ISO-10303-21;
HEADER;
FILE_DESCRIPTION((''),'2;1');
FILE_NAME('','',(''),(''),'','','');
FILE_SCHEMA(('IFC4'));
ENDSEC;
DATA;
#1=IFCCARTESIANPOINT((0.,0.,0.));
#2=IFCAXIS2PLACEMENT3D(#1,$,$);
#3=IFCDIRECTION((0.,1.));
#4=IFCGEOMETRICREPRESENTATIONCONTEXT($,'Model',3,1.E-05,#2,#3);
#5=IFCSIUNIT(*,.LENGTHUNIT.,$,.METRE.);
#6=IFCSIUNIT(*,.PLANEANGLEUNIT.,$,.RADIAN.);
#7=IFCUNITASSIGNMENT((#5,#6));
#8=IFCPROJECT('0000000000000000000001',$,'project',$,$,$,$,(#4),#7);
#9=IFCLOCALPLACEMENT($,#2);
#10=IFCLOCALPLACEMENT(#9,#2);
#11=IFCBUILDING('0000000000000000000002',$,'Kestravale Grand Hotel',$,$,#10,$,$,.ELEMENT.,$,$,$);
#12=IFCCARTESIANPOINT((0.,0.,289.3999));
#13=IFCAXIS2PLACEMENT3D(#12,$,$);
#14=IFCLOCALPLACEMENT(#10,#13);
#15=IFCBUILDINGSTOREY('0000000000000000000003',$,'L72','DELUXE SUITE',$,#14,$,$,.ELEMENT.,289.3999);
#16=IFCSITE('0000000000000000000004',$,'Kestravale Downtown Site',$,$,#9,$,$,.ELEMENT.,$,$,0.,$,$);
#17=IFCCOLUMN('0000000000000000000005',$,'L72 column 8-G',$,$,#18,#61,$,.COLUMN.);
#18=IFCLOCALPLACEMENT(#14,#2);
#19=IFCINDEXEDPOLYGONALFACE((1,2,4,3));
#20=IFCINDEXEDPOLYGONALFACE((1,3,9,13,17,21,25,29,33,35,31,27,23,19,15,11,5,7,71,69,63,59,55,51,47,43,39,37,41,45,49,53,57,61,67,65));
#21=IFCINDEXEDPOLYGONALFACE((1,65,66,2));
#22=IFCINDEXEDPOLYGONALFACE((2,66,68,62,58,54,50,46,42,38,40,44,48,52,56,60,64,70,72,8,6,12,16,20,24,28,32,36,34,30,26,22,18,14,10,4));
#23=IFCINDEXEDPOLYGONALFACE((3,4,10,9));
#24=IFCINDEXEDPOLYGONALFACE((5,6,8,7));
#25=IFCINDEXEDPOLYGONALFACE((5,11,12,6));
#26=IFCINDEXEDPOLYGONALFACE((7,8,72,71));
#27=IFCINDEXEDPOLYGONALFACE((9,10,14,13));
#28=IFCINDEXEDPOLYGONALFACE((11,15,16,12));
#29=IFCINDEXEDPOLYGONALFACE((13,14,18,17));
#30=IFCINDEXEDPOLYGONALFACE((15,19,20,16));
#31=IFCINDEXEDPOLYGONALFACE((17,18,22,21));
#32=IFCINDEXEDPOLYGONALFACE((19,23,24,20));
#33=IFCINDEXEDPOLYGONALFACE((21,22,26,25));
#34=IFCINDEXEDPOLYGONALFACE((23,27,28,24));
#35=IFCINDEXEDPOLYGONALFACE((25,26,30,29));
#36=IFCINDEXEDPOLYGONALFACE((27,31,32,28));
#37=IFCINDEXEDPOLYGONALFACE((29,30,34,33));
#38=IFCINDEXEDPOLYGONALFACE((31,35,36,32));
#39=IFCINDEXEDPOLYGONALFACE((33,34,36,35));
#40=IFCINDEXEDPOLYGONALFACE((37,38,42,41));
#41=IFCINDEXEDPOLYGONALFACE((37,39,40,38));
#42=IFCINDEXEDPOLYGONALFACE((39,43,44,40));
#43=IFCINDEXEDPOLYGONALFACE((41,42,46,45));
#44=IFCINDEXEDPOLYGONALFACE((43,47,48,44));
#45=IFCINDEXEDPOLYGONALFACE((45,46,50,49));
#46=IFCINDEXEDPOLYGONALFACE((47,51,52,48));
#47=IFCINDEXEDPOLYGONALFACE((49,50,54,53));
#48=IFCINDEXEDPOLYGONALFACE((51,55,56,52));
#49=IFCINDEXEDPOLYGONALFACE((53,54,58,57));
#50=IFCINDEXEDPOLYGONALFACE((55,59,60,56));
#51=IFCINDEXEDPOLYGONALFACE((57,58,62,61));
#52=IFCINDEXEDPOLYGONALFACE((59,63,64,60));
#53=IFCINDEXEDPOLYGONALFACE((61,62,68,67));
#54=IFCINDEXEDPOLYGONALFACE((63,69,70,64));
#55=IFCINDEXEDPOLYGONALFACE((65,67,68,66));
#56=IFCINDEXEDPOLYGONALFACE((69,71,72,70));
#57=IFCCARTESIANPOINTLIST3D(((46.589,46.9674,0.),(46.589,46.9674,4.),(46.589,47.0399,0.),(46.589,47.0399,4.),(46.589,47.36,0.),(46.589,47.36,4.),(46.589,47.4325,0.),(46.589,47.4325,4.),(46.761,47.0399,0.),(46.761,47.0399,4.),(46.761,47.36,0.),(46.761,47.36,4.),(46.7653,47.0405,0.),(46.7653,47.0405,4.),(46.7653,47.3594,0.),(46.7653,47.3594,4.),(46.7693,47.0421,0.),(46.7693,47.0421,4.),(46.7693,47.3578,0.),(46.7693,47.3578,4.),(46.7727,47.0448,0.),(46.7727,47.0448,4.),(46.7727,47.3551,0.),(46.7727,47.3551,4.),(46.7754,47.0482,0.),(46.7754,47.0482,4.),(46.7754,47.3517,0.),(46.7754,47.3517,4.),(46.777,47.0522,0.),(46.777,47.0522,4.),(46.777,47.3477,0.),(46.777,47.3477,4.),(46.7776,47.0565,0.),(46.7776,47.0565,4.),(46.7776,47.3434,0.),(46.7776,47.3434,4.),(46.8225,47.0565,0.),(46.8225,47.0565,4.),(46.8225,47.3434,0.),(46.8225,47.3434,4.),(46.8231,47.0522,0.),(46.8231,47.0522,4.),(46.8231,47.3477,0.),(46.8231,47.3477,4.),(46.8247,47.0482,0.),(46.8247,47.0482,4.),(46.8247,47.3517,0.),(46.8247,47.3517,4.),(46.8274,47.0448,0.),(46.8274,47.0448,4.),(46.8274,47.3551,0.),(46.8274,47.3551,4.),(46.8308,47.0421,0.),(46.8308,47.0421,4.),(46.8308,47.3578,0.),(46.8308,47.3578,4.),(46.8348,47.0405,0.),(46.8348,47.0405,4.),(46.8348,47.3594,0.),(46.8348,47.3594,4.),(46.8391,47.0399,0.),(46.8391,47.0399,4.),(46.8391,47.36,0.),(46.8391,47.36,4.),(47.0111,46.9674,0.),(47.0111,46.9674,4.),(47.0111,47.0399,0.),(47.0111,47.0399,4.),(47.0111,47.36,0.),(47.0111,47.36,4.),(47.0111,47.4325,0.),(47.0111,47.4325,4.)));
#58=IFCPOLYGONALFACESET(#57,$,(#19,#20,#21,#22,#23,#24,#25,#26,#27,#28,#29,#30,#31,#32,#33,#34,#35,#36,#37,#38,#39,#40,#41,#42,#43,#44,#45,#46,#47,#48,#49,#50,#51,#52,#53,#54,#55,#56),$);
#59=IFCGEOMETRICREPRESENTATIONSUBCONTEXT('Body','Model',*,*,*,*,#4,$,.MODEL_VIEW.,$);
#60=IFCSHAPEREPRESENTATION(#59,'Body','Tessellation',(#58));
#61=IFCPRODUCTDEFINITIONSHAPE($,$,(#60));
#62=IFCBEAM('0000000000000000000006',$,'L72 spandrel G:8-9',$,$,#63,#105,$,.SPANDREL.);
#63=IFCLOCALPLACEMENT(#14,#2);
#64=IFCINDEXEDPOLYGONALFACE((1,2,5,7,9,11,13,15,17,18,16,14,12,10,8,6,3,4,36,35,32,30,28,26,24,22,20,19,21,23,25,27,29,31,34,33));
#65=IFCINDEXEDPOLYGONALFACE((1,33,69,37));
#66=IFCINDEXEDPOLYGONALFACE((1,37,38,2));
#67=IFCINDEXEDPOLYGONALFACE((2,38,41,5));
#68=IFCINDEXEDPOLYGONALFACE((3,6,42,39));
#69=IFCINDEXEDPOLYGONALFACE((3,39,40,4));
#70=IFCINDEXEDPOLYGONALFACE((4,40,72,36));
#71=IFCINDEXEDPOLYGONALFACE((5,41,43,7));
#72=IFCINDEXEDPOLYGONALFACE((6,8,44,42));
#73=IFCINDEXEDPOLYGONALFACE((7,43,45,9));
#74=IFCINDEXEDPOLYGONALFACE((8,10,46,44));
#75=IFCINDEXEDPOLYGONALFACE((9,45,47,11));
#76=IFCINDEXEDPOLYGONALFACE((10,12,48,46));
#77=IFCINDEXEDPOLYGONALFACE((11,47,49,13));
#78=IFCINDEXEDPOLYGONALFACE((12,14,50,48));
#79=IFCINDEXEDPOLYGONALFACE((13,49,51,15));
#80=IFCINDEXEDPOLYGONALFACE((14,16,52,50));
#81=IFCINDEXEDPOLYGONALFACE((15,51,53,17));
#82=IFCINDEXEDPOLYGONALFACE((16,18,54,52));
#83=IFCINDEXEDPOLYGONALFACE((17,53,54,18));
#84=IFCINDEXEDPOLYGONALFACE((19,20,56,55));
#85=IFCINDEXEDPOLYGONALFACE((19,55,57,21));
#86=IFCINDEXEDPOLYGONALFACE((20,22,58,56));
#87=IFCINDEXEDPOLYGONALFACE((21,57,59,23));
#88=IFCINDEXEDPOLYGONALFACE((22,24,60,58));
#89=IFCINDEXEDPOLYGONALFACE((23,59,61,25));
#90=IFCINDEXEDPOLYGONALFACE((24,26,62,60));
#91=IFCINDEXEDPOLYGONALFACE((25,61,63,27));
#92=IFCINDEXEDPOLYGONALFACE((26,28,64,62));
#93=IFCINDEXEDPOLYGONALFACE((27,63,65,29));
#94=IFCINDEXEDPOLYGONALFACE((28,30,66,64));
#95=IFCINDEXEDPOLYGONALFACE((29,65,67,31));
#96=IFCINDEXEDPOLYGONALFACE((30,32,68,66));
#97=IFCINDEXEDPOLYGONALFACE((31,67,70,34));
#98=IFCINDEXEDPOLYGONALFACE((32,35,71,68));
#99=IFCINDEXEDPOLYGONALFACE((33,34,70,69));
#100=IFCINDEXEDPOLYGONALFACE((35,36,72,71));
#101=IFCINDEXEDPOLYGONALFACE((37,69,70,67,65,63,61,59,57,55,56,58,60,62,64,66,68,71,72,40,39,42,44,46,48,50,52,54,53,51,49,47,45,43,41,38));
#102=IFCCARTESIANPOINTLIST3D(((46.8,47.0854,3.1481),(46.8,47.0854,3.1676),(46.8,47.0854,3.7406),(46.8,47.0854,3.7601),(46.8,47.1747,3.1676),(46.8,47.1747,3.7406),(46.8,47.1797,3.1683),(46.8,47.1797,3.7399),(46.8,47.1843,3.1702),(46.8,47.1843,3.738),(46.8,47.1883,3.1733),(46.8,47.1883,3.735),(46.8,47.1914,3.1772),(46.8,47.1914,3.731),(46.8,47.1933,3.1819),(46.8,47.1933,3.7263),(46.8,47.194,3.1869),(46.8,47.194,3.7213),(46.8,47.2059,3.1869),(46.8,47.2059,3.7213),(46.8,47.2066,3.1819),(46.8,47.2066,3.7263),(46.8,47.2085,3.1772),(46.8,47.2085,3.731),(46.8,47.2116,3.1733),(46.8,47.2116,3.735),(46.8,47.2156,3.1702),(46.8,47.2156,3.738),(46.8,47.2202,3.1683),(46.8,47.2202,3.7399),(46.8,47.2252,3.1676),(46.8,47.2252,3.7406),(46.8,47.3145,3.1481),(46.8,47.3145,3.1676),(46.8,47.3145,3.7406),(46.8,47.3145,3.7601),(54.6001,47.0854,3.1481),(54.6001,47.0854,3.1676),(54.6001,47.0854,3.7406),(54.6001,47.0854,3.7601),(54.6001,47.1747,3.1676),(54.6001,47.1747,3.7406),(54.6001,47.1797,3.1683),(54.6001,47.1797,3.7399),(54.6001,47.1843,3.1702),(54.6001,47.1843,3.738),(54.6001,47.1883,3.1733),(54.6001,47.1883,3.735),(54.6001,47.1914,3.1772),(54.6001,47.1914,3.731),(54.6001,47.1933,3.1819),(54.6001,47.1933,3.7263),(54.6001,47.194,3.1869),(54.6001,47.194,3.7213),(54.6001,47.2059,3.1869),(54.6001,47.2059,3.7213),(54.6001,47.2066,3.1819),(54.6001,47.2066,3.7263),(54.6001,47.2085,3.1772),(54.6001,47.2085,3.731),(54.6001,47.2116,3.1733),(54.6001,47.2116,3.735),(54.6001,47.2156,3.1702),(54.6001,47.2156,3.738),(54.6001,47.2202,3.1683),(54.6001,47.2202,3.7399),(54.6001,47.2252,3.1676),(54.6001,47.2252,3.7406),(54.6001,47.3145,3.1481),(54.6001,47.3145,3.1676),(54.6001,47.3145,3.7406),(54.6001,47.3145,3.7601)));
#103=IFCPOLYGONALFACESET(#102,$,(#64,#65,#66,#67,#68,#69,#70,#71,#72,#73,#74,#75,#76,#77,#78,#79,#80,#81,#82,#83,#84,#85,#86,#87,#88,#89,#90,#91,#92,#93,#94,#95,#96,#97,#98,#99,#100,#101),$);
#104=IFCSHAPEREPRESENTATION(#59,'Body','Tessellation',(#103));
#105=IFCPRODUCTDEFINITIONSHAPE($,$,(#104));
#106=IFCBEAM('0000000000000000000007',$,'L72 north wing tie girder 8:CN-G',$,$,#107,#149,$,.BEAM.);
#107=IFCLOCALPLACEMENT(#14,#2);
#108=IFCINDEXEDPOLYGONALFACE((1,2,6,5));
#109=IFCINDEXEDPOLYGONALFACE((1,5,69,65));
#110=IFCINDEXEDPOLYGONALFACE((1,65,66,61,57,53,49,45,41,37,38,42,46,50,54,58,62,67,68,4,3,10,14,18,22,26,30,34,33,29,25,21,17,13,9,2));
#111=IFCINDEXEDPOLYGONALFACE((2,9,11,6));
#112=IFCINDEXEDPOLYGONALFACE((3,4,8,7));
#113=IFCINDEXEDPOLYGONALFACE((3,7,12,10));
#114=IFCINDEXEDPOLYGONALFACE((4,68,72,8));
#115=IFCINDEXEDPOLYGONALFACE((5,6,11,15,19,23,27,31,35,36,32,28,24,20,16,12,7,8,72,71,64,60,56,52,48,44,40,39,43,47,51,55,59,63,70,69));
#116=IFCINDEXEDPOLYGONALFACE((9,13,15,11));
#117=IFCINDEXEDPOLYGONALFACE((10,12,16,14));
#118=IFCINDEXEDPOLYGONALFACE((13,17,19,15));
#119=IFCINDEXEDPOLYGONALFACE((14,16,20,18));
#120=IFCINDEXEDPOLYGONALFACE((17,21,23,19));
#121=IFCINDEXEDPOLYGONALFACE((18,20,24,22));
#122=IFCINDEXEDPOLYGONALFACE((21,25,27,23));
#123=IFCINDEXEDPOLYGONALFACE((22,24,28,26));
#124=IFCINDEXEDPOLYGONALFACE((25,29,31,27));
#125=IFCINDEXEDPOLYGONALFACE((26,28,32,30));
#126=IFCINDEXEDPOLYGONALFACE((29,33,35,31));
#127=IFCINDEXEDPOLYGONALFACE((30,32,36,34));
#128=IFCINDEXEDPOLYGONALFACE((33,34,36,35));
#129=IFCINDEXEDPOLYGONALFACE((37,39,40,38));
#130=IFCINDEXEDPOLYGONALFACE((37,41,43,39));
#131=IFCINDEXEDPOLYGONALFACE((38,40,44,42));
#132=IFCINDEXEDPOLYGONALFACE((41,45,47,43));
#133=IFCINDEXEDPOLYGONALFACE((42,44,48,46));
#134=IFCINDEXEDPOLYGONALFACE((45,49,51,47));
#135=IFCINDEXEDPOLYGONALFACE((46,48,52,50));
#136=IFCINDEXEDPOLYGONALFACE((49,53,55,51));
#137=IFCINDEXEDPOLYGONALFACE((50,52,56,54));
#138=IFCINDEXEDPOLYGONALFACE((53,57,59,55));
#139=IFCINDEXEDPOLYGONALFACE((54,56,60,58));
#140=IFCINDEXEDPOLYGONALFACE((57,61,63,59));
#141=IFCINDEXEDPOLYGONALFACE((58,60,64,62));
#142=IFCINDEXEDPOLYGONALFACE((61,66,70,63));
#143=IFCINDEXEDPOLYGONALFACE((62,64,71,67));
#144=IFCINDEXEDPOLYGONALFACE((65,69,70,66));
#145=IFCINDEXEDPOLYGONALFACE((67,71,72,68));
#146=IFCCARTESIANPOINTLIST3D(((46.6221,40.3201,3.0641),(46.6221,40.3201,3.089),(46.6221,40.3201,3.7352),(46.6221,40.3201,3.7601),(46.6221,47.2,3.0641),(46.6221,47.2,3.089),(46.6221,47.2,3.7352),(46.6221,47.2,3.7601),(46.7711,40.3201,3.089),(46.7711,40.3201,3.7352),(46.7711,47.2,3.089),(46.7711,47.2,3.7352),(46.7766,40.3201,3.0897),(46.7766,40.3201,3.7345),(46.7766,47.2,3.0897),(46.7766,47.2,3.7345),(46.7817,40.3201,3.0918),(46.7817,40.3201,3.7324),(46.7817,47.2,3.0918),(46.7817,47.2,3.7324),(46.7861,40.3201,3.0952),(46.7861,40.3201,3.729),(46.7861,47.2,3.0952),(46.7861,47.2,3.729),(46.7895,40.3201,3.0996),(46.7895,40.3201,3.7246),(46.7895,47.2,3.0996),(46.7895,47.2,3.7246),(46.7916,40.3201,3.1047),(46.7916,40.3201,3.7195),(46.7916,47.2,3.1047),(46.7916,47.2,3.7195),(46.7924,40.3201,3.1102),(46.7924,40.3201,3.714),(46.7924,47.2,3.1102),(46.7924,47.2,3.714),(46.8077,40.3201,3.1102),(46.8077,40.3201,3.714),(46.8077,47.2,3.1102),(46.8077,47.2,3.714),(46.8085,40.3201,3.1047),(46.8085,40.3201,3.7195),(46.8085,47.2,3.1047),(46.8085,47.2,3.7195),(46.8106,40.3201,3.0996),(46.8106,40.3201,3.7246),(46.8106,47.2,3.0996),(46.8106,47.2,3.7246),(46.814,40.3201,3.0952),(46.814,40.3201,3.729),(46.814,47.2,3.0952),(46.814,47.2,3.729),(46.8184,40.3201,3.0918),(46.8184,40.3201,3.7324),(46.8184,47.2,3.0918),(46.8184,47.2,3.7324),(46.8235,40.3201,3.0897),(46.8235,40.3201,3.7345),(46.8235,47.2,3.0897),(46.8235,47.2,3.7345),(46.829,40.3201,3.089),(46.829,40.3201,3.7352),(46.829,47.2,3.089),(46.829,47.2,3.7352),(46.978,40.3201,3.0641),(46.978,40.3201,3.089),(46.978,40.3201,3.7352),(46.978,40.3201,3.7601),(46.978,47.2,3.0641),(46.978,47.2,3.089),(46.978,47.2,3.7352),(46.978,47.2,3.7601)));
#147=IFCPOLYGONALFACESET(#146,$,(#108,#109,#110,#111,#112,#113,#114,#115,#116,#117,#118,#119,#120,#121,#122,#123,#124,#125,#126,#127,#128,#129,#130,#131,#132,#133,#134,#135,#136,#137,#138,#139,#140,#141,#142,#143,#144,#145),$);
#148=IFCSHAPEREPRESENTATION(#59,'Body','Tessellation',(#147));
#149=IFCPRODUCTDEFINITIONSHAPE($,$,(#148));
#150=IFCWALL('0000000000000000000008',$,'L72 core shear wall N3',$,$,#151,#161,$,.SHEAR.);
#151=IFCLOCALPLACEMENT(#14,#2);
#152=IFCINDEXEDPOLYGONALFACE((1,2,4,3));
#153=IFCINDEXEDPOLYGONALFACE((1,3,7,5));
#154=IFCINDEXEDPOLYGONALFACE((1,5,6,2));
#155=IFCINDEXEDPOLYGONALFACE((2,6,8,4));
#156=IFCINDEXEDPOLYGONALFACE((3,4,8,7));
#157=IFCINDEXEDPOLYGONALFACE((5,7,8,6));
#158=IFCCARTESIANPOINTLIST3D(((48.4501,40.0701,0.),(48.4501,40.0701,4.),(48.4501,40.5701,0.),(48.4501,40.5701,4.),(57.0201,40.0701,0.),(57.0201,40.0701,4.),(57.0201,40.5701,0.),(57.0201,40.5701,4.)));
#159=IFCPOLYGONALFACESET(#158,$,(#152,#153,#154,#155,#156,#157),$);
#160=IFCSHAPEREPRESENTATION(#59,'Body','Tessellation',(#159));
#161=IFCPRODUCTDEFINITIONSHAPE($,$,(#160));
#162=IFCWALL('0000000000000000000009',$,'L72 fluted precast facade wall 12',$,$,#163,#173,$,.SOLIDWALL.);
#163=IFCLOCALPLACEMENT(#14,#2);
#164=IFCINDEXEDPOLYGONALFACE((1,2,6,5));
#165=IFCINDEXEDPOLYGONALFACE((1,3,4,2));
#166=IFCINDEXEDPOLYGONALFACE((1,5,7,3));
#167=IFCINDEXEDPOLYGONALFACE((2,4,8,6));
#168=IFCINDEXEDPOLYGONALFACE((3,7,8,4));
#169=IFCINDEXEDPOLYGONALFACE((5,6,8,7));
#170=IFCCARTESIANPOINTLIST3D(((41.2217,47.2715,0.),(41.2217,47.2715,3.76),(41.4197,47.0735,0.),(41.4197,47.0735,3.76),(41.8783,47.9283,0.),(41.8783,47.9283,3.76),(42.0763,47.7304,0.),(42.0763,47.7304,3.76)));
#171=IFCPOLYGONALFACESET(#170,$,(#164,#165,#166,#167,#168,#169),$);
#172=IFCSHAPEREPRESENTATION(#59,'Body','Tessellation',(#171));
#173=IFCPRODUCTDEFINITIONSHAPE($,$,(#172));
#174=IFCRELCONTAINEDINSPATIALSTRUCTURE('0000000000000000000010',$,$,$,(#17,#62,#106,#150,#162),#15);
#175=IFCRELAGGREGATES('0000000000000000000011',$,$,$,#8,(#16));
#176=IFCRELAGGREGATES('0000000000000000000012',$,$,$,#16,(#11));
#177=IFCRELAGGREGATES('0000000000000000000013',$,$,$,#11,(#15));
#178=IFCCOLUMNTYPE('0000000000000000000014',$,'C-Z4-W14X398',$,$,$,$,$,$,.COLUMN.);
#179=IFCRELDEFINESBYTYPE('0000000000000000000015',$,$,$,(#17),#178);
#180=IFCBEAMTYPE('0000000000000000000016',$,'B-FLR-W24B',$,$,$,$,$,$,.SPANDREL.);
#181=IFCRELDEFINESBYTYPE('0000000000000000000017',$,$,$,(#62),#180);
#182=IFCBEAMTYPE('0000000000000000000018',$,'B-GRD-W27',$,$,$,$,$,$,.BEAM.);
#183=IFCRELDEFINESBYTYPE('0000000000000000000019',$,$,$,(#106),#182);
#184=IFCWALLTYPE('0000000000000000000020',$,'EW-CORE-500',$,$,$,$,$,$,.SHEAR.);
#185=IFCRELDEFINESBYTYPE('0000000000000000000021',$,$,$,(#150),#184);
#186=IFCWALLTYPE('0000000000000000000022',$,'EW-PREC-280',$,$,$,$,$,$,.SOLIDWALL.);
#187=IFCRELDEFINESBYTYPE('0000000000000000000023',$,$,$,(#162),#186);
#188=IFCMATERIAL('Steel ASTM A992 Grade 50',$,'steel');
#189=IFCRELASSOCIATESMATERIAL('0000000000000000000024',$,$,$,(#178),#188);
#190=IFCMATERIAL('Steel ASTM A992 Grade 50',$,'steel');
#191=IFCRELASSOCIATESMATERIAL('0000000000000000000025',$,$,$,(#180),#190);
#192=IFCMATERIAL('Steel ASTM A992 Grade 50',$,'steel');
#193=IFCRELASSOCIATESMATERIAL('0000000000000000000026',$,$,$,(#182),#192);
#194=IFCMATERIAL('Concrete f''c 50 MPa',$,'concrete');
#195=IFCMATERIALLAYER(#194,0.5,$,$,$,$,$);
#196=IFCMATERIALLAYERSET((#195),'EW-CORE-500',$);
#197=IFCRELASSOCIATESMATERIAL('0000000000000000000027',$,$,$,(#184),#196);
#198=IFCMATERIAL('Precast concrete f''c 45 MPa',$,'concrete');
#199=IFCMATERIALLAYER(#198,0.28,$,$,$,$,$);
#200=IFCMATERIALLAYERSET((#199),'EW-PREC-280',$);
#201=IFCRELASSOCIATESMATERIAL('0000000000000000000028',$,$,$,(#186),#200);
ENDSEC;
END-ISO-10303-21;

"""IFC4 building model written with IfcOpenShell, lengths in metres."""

from ifc_helpers import new_model, si_unit, direction, frame, frame_2d, origin, origin_2d, place, context, subcontext, project, spatial, rectangle, i_section, extrude, material, layer, layer_set, material_profile, profile_set, type_object, element, save


model = new_model("IFC4")

# Units and contexts
model_context = context("Model", 3, precision=1e-05, world=origin(), true_north=direction((0.0, 1.0)))
body_context = subcontext(model_context, "Body", "Model", "MODEL_VIEW")
ifc_project = project(units=[si_unit("LENGTHUNIT", "METRE"), si_unit("PLANEANGLEUNIT", "RADIAN")], contexts=[model_context])

# Site, building, storey
site_placement = place(None, origin())
site = spatial("IfcSite", under=ifc_project, at=site_placement, Name="Kestravale Downtown Site", CompositionType="ELEMENT", RefElevation=0.0)
building_placement = place(site_placement, origin())
building = spatial("IfcBuilding", under=site, at=building_placement, Name="Kestravale Grand Hotel", CompositionType="ELEMENT")
storey_placement = place(building_placement, frame((0.0, 0.0, 289.3999)))
storey = spatial("IfcBuildingStorey", under=building, at=storey_placement, Name="L72", Description="DELUXE SUITE", CompositionType="ELEMENT", Elevation=289.3999)

# Column
ifc_material_1 = material(Name="Steel ASTM A992 Grade 50", Category="steel")
ifc_material_profile_1 = material_profile(ifc_material_1, i_section(OverallWidth=0.4221, OverallDepth=0.4651, WebThickness=0.0449, FlangeThickness=0.0725, FilletRadius=0.0166, at=origin_2d()))
ifc_profile_set_1 = profile_set([ifc_material_profile_1], Name="Steel ASTM A992 Grade 50")
column_type = type_object("IfcColumnType", Name="C-Z4-W14X398", PredefinedType="COLUMN", material=ifc_profile_set_1)
column_placement = place(storey_placement, frame((46.8, 47.2, 0.0), z_axis=(0.0, 0.0, 1.0), x_axis=(1.0, 0.0, 0.0)))
element("IfcColumn", 1, at=column_placement, inside=storey, type_object=column_type, Name="L72 column 8-G", PredefinedType="COLUMN", context=body_context, shape_type="SweptSolid", body=[
    extrude(i_section(OverallWidth=0.4221, OverallDepth=0.4651, WebThickness=0.0449, FlangeThickness=0.0725, FilletRadius=0.0166, at=origin_2d()), origin(), (0.0, 0.0, 1.0), 4.0),
])

# Beams
ifc_material_2 = material(Name="Steel ASTM A992 Grade 50", Category="steel")
ifc_material_profile_2 = material_profile(ifc_material_2, i_section(OverallWidth=0.229, OverallDepth=0.6121, WebThickness=0.012, FlangeThickness=0.0195, FilletRadius=0.0193, at=origin_2d()))
ifc_profile_set_2 = profile_set([ifc_material_profile_2], Name="Steel ASTM A992 Grade 50")
beam_type_1 = type_object("IfcBeamType", Name="B-FLR-W24B", PredefinedType="SPANDREL", material=ifc_profile_set_2)
beam_1_placement = place(storey_placement, frame((46.8, 47.2, 3.4541), z_axis=(1.0, 0.0, 0.0), x_axis=(0.0, 1.0, 0.0)))
element("IfcBeam", 2, at=beam_1_placement, inside=storey, type_object=beam_type_1, Name="L72 spandrel G:8-9", PredefinedType="SPANDREL", context=body_context, shape_type="SweptSolid", body=[
    extrude(i_section(OverallWidth=0.229, OverallDepth=0.6121, WebThickness=0.012, FlangeThickness=0.0195, FilletRadius=0.0193, at=origin_2d()), origin(), (0.0, 0.0, 1.0), 7.8),
])
ifc_material_3 = material(Name="Steel ASTM A992 Grade 50", Category="steel")
ifc_material_profile_3 = material_profile(ifc_material_3, i_section(OverallWidth=0.356, OverallDepth=0.696, WebThickness=0.0154, FlangeThickness=0.0249, FilletRadius=0.0212, at=origin_2d()))
ifc_profile_set_3 = profile_set([ifc_material_profile_3], Name="Steel ASTM A992 Grade 50")
beam_type_2 = type_object("IfcBeamType", Name="B-GRD-W27", PredefinedType="BEAM", material=ifc_profile_set_3)
beam_2_placement = place(storey_placement, frame((46.8, 40.3201, 3.4121), z_axis=(0.0, 1.0, 0.0), x_axis=(-1.0, 0.0, 0.0)))
element("IfcBeam", 3, at=beam_2_placement, inside=storey, type_object=beam_type_2, Name="L72 north wing tie girder 8:CN-G", PredefinedType="BEAM", context=body_context, shape_type="SweptSolid", body=[
    extrude(i_section(OverallWidth=0.356, OverallDepth=0.696, WebThickness=0.0154, FlangeThickness=0.0249, FilletRadius=0.0212, at=origin_2d()), origin(), (0.0, 0.0, 1.0), 6.8799),
])

# Walls
ifc_material_4 = material(Name="Concrete f'c 50 MPa", Category="concrete")
ifc_layer_1 = layer(ifc_material_4, 0.5)
ifc_layer_set_1 = layer_set([ifc_layer_1], Name="EW-CORE-500")
wall_type_1 = type_object("IfcWallType", Name="EW-CORE-500", PredefinedType="SHEAR", material=ifc_layer_set_1)
wall_1_placement = place(storey_placement, frame((48.45, 40.3201, 0.0), z_axis=(0.0, 0.0, 1.0), x_axis=(1.0, 0.0, 0.0)))
element("IfcWall", 4, at=wall_1_placement, inside=storey, type_object=wall_type_1, Name="L72 core shear wall N3", PredefinedType="SHEAR", context=body_context, shape_type="SweptSolid", body=[
    extrude(rectangle(XDim=8.5701, YDim=0.5, at=frame_2d((4.2852, 0.0))), origin(), (0.0, 0.0, 1.0), 4.0),
])
ifc_material_5 = material(Name="Precast concrete f'c 45 MPa", Category="concrete")
ifc_layer_2 = layer(ifc_material_5, 0.28)
ifc_layer_set_2 = layer_set([ifc_layer_2], Name="EW-PREC-280")
wall_type_2 = type_object("IfcWallType", Name="EW-PREC-280", PredefinedType="SOLIDWALL", material=ifc_layer_set_2)
wall_2_placement = place(storey_placement, frame((41.9773, 47.8293, 0.0), z_axis=(0.0, 0.0, 1.0), x_axis=(-0.706975, -0.707238, 0.0)))
element("IfcWall", 5, at=wall_2_placement, inside=storey, type_object=wall_type_2, Name="L72 fluted precast facade wall 12", PredefinedType="SOLIDWALL", context=body_context, shape_type="SweptSolid", body=[
    extrude(rectangle(XDim=0.9287, YDim=0.28, at=frame_2d((0.4644, 0.0))), origin(), (0.0, 0.0, 1.0), 3.76),
])

save(model, "model.ifc")
